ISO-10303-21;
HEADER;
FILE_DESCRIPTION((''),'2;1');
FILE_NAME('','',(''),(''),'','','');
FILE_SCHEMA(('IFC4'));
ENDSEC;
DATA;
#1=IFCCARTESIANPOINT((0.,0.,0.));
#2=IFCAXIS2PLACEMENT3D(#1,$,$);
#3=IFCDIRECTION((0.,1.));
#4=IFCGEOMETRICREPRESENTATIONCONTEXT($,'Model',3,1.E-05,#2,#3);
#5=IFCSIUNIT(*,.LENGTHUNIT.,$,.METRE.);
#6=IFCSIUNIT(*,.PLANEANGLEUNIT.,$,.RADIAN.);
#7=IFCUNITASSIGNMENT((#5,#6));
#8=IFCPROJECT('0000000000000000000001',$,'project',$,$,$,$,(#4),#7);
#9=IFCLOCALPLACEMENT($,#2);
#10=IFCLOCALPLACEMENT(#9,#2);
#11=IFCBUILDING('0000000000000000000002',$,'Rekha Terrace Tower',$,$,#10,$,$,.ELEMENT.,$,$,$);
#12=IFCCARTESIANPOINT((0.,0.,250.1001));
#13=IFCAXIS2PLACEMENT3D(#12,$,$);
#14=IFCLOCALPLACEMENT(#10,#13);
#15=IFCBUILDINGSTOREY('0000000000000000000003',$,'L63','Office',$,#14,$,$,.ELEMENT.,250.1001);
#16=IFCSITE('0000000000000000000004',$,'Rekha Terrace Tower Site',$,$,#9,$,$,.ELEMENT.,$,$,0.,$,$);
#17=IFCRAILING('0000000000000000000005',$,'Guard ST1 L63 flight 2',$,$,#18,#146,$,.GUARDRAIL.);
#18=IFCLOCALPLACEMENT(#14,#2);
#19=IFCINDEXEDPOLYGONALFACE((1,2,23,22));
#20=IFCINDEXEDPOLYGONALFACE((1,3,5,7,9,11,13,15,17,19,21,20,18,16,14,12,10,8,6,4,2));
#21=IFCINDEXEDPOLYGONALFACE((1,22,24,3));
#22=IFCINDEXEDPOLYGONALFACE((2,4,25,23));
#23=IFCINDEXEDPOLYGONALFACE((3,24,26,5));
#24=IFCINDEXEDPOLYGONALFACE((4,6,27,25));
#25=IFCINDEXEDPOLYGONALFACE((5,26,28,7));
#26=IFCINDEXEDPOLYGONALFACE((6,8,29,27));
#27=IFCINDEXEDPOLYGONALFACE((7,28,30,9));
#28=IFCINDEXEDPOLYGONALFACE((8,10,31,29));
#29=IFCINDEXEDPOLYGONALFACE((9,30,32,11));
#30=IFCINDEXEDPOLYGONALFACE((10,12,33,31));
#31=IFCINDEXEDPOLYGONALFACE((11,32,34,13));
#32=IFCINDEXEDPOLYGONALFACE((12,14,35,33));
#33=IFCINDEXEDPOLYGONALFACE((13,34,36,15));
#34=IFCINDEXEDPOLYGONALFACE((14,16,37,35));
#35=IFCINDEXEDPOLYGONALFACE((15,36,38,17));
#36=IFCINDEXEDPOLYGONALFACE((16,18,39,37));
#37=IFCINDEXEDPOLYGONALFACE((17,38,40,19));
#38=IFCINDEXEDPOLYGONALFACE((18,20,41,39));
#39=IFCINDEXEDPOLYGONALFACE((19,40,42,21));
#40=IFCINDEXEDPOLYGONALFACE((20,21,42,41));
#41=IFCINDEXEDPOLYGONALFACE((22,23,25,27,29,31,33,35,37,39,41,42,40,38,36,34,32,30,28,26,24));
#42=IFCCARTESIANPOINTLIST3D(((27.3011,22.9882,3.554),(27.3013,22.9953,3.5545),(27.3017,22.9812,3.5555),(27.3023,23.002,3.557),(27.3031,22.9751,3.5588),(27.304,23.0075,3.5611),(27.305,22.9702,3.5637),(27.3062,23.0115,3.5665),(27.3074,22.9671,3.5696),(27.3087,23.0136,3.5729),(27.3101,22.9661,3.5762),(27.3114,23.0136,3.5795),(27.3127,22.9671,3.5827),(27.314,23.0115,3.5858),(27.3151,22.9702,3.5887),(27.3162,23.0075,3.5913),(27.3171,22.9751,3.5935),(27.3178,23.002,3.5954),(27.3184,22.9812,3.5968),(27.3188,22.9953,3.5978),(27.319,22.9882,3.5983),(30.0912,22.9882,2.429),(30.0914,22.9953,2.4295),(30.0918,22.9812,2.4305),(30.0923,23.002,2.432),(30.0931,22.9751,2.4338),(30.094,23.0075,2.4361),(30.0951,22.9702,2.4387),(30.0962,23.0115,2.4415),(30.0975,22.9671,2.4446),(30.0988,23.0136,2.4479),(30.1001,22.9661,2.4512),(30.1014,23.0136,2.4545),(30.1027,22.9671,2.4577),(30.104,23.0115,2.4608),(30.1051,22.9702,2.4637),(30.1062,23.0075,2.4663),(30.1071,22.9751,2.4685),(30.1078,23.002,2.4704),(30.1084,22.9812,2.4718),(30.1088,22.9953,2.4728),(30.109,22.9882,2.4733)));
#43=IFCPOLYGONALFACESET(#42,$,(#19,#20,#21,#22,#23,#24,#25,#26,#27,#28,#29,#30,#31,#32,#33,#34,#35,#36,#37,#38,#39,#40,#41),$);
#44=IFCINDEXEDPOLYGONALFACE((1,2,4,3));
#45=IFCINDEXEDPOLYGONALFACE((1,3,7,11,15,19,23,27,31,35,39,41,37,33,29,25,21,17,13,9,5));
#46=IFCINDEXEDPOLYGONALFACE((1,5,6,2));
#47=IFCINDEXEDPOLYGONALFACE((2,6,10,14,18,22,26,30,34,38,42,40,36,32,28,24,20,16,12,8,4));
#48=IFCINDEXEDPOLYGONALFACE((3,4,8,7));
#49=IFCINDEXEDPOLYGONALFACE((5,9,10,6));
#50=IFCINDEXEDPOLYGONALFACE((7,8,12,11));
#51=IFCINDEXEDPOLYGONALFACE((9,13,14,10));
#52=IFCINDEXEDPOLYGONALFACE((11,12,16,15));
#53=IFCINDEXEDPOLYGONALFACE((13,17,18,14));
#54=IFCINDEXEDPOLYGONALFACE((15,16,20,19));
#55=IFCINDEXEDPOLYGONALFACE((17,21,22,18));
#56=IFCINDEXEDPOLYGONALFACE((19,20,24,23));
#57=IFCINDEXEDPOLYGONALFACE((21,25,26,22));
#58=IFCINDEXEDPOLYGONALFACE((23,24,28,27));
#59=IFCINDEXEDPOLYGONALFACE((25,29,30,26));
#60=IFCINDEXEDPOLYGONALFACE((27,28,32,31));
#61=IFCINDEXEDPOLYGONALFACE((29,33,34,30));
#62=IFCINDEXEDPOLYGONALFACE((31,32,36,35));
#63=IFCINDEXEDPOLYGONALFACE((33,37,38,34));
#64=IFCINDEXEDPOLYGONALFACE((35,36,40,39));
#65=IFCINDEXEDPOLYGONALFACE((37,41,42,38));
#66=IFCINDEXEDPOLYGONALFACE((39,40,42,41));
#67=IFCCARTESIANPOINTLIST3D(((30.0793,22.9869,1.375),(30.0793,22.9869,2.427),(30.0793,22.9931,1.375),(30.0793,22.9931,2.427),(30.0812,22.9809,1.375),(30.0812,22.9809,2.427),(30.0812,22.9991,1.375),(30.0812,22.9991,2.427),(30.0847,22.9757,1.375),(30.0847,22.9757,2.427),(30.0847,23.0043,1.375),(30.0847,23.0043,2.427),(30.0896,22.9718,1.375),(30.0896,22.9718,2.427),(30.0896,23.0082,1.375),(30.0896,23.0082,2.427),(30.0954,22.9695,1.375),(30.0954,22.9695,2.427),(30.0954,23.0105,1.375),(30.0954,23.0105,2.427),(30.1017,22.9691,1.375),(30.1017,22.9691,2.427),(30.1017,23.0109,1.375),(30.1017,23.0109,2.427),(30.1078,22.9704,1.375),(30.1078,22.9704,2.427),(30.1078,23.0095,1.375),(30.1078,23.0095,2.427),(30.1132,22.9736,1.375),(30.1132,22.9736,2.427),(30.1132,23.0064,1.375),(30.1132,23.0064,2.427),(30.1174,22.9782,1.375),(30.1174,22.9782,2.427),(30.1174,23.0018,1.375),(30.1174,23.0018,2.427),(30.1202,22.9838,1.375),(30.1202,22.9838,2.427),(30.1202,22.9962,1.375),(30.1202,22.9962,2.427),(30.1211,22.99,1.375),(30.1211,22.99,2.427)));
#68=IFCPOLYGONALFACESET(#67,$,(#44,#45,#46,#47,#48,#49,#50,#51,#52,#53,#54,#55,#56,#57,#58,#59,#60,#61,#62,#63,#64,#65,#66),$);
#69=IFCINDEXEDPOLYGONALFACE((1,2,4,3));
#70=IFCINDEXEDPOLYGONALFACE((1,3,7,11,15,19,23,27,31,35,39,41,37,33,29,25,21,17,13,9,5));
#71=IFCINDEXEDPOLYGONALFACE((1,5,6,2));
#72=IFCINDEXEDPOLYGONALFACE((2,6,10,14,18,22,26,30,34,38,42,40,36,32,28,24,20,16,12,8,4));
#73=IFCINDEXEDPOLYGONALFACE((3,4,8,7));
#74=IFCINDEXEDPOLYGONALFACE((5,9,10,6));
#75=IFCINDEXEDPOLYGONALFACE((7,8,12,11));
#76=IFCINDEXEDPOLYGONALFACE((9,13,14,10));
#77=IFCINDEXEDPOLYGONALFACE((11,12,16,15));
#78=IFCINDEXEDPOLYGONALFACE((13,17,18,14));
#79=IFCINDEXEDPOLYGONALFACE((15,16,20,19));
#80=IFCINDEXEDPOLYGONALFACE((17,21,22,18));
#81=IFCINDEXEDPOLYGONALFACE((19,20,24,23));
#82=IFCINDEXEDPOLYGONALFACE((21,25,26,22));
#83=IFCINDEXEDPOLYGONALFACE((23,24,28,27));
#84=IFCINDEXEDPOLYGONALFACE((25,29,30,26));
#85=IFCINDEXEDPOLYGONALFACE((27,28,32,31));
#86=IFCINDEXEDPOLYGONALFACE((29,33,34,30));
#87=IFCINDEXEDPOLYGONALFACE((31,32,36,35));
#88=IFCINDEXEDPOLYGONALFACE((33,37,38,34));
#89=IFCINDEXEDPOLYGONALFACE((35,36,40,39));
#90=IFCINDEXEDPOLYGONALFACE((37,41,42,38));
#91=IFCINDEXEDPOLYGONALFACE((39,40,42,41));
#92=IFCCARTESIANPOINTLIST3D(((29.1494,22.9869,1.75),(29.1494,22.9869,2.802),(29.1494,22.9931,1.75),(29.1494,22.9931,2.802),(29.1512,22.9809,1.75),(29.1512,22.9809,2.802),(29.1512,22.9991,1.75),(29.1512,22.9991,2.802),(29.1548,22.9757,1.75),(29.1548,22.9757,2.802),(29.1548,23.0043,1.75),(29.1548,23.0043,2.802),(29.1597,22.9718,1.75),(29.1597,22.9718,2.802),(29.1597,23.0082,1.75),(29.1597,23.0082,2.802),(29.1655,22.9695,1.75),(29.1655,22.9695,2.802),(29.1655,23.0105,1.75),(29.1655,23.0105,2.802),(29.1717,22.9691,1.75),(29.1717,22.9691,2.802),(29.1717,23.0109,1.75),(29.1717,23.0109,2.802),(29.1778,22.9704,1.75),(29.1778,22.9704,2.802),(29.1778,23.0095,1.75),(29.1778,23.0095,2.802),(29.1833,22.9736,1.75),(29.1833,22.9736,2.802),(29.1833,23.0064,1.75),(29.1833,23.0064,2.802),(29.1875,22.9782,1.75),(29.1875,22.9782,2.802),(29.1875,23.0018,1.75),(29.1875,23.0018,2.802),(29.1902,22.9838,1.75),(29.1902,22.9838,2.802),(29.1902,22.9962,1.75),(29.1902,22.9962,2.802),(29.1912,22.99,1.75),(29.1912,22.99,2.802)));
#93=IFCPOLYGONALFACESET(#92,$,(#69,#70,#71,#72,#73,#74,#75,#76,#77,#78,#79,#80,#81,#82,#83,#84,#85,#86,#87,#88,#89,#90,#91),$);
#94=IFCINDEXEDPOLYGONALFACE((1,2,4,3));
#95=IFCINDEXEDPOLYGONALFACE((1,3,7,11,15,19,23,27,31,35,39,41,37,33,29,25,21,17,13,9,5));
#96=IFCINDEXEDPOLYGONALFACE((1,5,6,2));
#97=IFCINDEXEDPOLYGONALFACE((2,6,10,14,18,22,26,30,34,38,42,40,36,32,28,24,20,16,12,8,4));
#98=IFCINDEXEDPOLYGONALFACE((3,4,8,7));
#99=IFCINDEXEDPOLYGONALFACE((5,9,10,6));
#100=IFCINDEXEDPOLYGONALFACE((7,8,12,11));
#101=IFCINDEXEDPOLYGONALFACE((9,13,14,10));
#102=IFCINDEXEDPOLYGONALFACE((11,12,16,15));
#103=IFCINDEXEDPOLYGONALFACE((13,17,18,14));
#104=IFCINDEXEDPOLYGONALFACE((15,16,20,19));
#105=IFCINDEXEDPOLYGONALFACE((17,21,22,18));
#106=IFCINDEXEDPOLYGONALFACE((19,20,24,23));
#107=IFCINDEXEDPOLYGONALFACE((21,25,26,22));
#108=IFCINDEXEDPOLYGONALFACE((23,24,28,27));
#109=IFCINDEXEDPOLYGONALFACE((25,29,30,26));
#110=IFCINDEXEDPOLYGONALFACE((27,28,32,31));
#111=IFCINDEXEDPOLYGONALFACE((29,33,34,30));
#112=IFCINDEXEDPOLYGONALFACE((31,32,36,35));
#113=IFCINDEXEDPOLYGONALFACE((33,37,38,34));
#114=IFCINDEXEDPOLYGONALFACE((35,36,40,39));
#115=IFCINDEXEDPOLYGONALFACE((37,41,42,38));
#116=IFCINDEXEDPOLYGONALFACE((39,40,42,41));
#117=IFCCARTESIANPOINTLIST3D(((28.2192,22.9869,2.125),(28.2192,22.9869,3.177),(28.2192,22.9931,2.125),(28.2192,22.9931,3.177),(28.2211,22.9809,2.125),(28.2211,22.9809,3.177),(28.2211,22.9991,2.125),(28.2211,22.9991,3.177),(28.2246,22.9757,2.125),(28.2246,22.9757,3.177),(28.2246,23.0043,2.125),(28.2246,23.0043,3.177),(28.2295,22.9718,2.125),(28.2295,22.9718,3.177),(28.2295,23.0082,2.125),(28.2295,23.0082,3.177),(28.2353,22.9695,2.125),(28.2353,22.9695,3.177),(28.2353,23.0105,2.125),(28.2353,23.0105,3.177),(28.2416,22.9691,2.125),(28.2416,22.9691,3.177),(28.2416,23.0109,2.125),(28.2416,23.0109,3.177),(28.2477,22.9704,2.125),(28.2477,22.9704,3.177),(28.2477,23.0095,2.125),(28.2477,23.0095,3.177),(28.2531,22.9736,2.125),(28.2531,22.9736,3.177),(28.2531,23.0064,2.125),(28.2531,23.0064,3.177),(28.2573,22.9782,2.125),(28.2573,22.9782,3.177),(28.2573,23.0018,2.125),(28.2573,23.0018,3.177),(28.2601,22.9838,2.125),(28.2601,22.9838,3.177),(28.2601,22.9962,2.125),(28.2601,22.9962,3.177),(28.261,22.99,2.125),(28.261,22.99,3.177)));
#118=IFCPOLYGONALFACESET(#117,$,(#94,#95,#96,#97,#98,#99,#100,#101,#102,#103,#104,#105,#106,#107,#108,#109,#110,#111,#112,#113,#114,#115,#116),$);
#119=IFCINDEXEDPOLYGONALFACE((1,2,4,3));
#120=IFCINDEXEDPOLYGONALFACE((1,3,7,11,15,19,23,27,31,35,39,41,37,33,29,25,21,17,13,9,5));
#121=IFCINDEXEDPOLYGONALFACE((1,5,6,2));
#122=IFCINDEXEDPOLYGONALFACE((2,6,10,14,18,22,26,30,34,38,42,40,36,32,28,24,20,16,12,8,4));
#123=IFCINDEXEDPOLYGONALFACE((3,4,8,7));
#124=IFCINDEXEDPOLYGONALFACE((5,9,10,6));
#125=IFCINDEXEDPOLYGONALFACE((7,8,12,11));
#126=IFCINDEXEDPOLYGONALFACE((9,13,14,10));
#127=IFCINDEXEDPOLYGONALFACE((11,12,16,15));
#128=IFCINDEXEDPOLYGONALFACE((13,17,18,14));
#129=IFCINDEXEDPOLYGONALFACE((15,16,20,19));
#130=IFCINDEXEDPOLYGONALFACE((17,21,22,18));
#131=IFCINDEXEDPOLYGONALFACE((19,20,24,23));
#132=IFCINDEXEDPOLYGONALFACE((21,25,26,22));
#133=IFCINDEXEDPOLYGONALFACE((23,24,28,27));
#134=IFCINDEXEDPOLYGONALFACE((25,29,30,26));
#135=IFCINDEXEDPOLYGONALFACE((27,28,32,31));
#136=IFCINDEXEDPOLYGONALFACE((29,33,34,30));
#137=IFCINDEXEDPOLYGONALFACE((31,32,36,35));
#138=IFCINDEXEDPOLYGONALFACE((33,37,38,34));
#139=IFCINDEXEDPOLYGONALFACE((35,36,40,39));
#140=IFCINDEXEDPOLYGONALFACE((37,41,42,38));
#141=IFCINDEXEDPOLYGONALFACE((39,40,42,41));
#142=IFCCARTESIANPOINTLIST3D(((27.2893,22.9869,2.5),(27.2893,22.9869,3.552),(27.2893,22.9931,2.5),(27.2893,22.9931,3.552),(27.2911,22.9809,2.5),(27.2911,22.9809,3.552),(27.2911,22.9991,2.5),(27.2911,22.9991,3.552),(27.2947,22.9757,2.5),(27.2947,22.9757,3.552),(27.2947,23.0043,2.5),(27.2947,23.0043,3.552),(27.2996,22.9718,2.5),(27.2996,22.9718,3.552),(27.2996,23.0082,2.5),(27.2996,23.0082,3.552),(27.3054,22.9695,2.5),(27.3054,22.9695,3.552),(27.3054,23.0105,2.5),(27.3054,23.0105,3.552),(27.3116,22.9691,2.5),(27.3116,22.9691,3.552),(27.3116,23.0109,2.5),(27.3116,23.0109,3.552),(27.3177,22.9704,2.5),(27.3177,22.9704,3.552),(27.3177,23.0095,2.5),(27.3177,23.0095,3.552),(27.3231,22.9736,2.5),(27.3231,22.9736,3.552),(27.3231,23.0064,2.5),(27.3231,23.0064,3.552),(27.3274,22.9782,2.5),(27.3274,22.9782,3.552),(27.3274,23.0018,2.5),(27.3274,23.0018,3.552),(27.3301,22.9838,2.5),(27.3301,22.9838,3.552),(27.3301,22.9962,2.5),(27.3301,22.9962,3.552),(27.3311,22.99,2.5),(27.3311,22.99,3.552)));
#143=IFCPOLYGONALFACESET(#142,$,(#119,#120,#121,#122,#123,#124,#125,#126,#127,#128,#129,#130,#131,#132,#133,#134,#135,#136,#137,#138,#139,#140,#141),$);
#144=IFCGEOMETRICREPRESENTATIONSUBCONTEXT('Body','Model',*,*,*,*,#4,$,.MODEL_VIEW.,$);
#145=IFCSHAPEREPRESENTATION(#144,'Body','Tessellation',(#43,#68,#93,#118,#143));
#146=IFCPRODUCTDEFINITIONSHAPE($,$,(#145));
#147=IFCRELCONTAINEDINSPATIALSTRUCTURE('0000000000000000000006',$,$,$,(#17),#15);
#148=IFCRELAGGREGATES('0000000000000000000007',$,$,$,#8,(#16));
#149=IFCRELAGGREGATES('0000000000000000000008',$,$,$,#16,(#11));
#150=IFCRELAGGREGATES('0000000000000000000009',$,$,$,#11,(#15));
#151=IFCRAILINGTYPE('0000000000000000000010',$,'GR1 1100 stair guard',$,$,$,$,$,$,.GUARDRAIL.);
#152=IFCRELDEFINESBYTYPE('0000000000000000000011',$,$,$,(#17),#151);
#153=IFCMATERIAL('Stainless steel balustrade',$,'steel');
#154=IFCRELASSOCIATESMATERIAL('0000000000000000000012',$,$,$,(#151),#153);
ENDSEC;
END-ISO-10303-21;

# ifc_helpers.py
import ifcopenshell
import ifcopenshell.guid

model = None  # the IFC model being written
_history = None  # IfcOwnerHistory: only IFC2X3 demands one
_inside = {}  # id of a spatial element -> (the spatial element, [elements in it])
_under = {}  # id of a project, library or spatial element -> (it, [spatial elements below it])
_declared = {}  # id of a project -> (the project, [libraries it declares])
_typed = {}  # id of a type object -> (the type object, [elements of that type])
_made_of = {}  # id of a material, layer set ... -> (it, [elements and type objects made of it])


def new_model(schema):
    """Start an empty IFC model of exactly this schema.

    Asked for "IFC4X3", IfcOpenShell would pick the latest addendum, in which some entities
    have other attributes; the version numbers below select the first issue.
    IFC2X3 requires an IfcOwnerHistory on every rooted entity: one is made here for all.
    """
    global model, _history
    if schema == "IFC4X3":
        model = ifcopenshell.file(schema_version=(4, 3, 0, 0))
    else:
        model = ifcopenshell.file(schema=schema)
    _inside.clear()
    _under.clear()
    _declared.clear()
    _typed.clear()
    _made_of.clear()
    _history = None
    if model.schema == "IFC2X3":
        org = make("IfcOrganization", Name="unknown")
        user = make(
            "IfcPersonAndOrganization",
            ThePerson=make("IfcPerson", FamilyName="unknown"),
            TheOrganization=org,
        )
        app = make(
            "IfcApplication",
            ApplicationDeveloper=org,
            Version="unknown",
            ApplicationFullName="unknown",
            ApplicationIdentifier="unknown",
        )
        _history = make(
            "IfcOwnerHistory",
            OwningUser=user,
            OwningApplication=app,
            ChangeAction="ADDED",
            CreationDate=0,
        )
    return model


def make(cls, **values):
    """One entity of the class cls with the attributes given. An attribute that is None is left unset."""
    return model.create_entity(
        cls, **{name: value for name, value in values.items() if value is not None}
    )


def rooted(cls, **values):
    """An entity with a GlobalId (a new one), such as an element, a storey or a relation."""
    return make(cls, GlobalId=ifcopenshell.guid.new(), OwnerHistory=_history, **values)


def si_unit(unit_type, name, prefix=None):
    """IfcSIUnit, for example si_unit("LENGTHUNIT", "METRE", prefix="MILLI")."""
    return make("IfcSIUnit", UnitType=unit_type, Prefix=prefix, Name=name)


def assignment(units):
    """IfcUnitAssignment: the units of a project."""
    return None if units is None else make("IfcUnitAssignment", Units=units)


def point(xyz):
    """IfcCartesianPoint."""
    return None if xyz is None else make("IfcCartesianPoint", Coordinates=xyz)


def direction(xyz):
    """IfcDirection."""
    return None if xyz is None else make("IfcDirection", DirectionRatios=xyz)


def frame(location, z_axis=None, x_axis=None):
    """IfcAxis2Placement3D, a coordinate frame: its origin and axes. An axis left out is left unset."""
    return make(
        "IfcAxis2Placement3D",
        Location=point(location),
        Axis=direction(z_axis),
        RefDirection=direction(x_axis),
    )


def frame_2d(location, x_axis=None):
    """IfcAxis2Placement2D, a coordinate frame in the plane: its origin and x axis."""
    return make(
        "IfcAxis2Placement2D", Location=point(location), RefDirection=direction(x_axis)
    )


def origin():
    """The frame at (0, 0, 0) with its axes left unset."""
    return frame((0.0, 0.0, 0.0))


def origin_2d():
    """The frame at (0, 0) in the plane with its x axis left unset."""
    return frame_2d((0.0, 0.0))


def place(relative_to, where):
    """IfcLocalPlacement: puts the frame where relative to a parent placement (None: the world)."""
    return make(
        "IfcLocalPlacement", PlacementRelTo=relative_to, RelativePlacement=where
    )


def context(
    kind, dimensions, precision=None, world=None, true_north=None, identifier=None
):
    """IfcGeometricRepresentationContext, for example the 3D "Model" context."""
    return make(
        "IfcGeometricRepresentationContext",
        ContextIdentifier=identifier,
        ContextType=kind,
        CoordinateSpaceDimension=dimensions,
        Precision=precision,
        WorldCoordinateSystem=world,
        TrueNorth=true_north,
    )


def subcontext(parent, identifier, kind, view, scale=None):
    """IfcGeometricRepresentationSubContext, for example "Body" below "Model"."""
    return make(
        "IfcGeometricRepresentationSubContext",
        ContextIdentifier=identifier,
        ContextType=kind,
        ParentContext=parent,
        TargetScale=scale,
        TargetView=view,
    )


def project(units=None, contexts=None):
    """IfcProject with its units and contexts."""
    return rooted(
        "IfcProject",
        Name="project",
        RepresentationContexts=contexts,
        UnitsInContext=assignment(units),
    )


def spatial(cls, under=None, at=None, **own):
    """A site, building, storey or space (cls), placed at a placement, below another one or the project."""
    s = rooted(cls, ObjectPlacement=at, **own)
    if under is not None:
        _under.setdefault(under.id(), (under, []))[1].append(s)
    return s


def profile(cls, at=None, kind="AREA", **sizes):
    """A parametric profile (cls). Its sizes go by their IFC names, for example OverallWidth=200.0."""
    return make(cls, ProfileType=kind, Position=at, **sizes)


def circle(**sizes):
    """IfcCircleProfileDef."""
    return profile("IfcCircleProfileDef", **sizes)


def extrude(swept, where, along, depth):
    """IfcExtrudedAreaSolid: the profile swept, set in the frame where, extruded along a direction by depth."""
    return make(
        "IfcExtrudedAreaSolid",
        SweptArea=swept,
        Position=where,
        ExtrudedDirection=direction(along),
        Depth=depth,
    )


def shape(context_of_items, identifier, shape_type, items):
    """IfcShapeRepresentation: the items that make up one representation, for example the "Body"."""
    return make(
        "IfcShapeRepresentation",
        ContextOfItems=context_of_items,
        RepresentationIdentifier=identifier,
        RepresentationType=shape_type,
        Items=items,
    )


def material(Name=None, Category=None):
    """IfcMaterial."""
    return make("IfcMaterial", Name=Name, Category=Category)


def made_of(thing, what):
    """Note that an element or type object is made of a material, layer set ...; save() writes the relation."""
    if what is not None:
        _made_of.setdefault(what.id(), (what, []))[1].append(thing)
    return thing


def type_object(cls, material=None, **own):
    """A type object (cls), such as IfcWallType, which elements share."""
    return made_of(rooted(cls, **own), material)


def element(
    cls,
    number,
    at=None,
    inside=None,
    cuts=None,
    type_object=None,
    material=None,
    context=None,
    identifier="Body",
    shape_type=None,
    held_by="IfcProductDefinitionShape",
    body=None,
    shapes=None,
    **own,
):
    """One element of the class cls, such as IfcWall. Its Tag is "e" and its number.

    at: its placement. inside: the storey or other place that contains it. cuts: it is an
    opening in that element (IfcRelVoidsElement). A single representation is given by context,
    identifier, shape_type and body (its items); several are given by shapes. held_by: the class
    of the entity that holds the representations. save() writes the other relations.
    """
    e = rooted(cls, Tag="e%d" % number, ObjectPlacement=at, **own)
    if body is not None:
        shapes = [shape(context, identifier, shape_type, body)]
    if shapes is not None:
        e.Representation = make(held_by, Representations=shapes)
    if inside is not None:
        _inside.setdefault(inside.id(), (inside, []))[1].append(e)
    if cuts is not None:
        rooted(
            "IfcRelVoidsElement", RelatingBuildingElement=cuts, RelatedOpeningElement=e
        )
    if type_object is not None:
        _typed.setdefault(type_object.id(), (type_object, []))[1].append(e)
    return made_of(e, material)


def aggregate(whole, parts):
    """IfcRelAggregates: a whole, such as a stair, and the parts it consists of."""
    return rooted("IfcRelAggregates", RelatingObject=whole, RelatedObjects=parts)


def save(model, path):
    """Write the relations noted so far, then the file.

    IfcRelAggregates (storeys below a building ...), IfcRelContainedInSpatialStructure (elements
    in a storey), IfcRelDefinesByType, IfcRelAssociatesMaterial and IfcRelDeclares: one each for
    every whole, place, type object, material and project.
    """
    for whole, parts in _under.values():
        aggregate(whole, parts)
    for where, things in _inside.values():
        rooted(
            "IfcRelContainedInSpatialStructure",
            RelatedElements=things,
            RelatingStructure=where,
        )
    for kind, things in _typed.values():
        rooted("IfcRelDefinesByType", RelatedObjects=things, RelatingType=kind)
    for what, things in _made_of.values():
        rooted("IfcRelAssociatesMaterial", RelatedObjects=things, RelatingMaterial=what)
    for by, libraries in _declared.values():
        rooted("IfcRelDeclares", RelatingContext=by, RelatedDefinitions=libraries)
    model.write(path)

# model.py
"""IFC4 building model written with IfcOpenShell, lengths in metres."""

from ifc_helpers import new_model, si_unit, direction, frame, origin, origin_2d, place, context, subcontext, project, spatial, circle, extrude, material, type_object, element, save


model = new_model("IFC4")

# Units and contexts
model_context = context("Model", 3, precision=1e-05, world=origin(), true_north=direction((0.0, 1.0)))
body_context = subcontext(model_context, "Body", "Model", "MODEL_VIEW")
ifc_project = project(units=[si_unit("LENGTHUNIT", "METRE"), si_unit("PLANEANGLEUNIT", "RADIAN")], contexts=[model_context])

# Site, building, storey
site_placement = place(None, origin())
site = spatial("IfcSite", under=ifc_project, at=site_placement, Name="Rekha Terrace Tower Site", CompositionType="ELEMENT", RefElevation=0.0)
building_placement = place(site_placement, origin())
building = spatial("IfcBuilding", under=site, at=building_placement, Name="Rekha Terrace Tower", CompositionType="ELEMENT")
storey_placement = place(building_placement, frame((0.0, 0.0, 250.1001)))
storey = spatial("IfcBuildingStorey", under=building, at=storey_placement, Name="L63", Description="Office", CompositionType="ELEMENT", Elevation=250.1001)

# Railing
ifc_material_1 = material(Name="Stainless steel balustrade", Category="steel")
railing_type_1 = type_object("IfcRailingType", Name="GR1 1100 stair guard", PredefinedType="GUARDRAIL", material=ifc_material_1)
railing_1_placement = place(storey_placement, frame((30.1001, 22.99, 1.375)))
element("IfcRailing", 1, at=railing_1_placement, inside=storey, type_object=railing_type_1, Name="Guard ST1 L63 flight 2", PredefinedType="GUARDRAIL", context=body_context, shape_type="SweptSolid", body=[
    extrude(circle(Radius=0.0239, at=origin_2d()), frame((0.0, 0.0, 1.0762), z_axis=(-0.927443, 0.0, 0.373964), x_axis=(0.0, -1.0, 0.0)), (0.0, 0.0, 1.0), 3.0083),
    extrude(circle(Radius=0.021, at=origin_2d()), origin(), (0.0, 0.0, 1.0), 1.052),
    extrude(circle(Radius=0.021, at=origin_2d()), frame((-0.9299, 0.0, 0.375)), (0.0, 0.0, 1.0), 1.052),
    extrude(circle(Radius=0.021, at=origin_2d()), frame((-1.8601, 0.0, 0.75)), (0.0, 0.0, 1.0), 1.052),
    extrude(circle(Radius=0.021, at=origin_2d()), frame((-2.79, 0.0, 1.125)), (0.0, 0.0, 1.0), 1.052),
])

save(model, "model.ifc")
